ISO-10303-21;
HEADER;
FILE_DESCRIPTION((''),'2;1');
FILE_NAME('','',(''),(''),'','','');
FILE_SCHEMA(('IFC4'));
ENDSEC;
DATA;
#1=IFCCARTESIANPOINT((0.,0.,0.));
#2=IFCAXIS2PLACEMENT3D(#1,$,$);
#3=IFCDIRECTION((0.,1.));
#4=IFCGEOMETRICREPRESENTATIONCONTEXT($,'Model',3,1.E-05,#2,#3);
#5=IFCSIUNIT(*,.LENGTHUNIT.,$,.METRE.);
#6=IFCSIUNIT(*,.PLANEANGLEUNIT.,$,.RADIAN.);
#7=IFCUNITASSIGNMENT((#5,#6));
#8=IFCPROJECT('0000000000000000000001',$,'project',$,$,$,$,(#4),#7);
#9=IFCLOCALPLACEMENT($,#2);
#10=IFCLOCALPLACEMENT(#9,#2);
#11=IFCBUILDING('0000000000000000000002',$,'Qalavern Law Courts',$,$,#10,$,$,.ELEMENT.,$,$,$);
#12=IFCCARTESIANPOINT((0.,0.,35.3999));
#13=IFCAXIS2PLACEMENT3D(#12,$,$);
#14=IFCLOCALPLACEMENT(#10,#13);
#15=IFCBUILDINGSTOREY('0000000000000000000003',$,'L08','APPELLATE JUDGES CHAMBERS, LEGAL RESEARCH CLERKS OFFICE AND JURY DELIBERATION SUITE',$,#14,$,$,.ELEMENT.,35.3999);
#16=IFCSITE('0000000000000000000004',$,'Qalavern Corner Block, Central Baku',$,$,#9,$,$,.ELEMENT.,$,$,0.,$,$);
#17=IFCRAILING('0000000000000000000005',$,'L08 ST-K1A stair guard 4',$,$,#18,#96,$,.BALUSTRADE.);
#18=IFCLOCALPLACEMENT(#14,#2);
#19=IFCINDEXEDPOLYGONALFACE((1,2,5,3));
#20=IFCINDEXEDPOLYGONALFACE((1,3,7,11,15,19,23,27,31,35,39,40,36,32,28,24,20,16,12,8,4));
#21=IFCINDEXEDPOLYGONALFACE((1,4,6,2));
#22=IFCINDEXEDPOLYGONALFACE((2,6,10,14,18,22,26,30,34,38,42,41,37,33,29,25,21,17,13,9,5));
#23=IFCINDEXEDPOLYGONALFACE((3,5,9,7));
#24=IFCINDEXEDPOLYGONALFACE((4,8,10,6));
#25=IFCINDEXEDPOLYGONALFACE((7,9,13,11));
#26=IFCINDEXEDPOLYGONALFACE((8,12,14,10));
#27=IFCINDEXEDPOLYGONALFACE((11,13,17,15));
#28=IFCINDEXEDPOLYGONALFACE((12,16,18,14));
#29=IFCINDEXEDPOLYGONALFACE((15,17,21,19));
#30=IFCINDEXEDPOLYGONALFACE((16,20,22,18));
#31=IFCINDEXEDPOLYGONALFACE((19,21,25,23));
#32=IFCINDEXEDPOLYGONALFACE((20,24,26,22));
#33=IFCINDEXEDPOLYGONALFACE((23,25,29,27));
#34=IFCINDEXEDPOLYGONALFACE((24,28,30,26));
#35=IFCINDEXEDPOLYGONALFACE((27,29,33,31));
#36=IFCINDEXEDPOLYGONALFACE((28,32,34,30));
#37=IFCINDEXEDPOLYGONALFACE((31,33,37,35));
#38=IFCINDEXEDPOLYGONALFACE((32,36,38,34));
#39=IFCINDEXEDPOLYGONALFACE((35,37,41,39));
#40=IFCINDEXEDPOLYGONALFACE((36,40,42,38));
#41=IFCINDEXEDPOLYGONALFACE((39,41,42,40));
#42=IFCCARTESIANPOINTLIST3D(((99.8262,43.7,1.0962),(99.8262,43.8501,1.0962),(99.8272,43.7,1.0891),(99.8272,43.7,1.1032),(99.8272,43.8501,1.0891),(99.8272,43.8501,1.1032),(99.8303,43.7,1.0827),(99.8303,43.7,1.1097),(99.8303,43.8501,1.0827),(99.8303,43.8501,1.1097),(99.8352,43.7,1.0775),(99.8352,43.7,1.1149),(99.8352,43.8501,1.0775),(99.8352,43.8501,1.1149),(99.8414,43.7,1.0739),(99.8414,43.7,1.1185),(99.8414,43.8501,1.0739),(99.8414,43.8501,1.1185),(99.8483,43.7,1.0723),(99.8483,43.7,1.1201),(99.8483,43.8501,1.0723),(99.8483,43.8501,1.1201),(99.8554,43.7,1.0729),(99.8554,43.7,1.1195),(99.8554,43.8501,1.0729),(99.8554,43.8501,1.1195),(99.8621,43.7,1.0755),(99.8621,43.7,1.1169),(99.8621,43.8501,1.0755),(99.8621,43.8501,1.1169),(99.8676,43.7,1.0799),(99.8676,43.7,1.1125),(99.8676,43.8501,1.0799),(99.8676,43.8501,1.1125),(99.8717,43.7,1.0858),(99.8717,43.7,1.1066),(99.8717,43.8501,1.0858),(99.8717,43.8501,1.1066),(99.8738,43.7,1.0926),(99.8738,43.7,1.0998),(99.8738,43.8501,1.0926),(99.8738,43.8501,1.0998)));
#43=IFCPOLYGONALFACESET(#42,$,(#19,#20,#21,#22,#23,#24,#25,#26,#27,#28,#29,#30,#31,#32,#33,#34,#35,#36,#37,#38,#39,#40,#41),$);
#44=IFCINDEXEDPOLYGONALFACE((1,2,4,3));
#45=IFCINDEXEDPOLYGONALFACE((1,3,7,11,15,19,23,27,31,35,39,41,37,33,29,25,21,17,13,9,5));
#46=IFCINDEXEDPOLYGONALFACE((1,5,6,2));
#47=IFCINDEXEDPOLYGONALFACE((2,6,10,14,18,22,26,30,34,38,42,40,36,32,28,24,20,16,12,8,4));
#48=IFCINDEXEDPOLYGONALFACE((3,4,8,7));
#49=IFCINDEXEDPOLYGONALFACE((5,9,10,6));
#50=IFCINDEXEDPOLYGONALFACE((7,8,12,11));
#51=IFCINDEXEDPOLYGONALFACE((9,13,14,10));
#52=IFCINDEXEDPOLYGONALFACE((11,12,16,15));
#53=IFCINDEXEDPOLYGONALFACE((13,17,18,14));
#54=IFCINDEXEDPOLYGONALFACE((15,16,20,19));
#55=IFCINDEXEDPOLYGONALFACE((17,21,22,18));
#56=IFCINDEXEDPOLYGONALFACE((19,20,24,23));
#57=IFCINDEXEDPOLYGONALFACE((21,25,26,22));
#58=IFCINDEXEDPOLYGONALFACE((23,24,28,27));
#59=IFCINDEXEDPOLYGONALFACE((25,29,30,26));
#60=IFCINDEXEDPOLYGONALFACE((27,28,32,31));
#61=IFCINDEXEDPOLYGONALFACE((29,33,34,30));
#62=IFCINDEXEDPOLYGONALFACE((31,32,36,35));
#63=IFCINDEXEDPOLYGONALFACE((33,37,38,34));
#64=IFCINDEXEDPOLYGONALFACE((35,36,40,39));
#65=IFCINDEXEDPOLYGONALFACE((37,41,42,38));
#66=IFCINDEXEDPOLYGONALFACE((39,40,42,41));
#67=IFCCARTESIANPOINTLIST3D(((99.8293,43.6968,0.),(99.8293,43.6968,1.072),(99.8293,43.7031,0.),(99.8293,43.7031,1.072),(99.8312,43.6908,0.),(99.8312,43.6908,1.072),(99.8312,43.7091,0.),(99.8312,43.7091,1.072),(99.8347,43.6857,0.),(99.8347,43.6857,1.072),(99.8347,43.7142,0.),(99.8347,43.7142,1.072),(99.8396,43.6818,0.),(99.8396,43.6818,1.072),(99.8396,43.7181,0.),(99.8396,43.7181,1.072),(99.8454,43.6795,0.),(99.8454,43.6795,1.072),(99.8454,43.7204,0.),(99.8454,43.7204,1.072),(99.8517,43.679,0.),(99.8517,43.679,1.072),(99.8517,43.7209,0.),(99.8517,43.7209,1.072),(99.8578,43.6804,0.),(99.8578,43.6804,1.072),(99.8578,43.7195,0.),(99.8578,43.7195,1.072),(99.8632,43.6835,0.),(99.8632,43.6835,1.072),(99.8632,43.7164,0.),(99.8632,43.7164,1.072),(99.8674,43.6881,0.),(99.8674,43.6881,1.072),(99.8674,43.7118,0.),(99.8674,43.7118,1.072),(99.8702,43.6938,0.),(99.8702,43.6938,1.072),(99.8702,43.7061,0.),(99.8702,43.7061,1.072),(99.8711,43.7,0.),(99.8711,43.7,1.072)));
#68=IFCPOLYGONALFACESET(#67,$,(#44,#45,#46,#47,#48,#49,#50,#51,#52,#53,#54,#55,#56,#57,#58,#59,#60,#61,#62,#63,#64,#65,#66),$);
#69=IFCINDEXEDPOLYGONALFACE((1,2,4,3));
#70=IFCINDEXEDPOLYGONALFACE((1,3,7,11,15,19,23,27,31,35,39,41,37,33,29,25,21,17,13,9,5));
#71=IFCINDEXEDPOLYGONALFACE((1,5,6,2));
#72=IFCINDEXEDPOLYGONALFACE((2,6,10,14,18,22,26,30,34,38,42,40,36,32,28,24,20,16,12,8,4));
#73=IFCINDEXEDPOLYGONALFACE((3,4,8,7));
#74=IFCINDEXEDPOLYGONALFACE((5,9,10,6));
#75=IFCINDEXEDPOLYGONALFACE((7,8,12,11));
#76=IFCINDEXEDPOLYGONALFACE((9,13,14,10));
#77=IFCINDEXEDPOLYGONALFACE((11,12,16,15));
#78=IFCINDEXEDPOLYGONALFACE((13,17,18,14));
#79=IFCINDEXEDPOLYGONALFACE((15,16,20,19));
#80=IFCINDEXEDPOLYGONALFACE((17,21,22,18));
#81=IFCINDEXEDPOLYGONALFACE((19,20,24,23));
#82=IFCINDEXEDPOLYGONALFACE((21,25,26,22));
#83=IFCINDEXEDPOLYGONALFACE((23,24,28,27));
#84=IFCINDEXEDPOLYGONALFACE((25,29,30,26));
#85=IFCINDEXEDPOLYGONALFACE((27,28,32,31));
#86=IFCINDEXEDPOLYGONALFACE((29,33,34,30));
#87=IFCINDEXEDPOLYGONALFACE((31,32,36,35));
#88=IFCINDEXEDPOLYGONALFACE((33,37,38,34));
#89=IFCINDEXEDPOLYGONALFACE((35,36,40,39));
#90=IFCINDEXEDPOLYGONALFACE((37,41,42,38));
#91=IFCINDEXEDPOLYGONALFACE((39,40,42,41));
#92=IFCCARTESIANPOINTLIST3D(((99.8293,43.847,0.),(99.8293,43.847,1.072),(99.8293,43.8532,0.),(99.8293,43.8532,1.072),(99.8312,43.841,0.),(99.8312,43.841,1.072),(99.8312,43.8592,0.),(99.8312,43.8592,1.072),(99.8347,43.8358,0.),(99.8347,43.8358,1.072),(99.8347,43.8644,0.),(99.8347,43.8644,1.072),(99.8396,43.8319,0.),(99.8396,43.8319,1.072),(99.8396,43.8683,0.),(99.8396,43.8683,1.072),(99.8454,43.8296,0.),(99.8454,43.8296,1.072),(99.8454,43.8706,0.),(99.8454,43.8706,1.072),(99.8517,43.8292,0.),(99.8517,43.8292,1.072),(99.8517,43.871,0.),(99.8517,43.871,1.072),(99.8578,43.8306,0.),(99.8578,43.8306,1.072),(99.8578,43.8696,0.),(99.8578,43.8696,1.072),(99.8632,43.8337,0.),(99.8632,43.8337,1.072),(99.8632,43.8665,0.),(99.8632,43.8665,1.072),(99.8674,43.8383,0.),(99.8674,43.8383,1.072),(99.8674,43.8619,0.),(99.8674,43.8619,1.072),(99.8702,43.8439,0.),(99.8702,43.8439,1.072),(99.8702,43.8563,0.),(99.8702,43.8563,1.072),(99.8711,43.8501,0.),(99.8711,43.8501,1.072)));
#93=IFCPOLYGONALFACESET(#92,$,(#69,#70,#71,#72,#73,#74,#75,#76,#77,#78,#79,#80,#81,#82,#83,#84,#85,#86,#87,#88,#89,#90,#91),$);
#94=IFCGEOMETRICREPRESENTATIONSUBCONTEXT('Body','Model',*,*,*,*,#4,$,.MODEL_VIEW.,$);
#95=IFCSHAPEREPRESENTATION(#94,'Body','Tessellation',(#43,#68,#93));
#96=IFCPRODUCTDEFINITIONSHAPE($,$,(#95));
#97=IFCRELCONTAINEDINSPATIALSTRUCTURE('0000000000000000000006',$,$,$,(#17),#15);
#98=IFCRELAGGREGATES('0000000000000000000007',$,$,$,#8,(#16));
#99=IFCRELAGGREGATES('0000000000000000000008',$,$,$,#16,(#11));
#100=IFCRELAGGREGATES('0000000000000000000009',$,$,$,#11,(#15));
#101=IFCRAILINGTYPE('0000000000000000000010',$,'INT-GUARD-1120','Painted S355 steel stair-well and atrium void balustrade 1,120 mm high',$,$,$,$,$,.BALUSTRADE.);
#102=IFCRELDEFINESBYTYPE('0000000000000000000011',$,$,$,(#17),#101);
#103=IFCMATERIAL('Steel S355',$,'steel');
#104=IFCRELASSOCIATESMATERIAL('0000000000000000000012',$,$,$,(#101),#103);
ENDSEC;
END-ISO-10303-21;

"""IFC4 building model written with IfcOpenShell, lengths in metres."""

from ifc_helpers import new_model, si_unit, direction, frame, origin, origin_2d, place, context, subcontext, project, spatial, circle, extrude, material, type_object, element, save


model = new_model("IFC4")

# Units and contexts
model_context = context("Model", 3, precision=1e-05, world=origin(), true_north=direction((0.0, 1.0)))
body_context = subcontext(model_context, "Body", "Model", "MODEL_VIEW")
ifc_project = project(units=[si_unit("LENGTHUNIT", "METRE"), si_unit("PLANEANGLEUNIT", "RADIAN")], contexts=[model_context])

# Site, building, storey
site_placement = place(None, origin())
site = spatial("IfcSite", under=ifc_project, at=site_placement, Name="Qalavern Corner Block, Central Baku", CompositionType="ELEMENT", RefElevation=0.0)
building_placement = place(site_placement, origin())
building = spatial("IfcBuilding", under=site, at=building_placement, Name="Qalavern Law Courts", CompositionType="ELEMENT")
storey_placement = place(building_placement, frame((0.0, 0.0, 35.3999)))
storey = spatial("IfcBuildingStorey", under=building, at=storey_placement, Name="L08", Description="APPELLATE JUDGES CHAMBERS, LEGAL RESEARCH CLERKS OFFICE AND JURY DELIBERATION SUITE", CompositionType="ELEMENT", Elevation=35.3999)

# Railing
ifc_material_1 = material(Name="Steel S355", Category="steel")
railing_type_1 = type_object("IfcRailingType", Name="INT-GUARD-1120", Description="Painted S355 steel stair-well and atrium void balustrade 1,120 mm high", PredefinedType="BALUSTRADE", material=ifc_material_1)
railing_1_placement = place(storey_placement, frame((99.8501, 43.7, 0.0)))
element("IfcRailing", 1, at=railing_1_placement, inside=storey, type_object=railing_type_1, Name="L08 ST-K1A stair guard 4", PredefinedType="BALUSTRADE", context=body_context, shape_type="SweptSolid", body=[
    extrude(circle(Radius=0.0239, at=origin_2d()), frame((0.0, 0.0, 1.0962), z_axis=(0.0, 1.0, 0.0), x_axis=(-1.0, 0.0, 0.0)), (0.0, 0.0, 1.0), 0.1501),
    extrude(circle(Radius=0.021, at=origin_2d()), origin(), (0.0, 0.0, 1.0), 1.072),
    extrude(circle(Radius=0.021, at=origin_2d()), frame((0.0, 0.1501, 0.0)), (0.0, 0.0, 1.0), 1.072),
])

save(model, "model.ifc")
